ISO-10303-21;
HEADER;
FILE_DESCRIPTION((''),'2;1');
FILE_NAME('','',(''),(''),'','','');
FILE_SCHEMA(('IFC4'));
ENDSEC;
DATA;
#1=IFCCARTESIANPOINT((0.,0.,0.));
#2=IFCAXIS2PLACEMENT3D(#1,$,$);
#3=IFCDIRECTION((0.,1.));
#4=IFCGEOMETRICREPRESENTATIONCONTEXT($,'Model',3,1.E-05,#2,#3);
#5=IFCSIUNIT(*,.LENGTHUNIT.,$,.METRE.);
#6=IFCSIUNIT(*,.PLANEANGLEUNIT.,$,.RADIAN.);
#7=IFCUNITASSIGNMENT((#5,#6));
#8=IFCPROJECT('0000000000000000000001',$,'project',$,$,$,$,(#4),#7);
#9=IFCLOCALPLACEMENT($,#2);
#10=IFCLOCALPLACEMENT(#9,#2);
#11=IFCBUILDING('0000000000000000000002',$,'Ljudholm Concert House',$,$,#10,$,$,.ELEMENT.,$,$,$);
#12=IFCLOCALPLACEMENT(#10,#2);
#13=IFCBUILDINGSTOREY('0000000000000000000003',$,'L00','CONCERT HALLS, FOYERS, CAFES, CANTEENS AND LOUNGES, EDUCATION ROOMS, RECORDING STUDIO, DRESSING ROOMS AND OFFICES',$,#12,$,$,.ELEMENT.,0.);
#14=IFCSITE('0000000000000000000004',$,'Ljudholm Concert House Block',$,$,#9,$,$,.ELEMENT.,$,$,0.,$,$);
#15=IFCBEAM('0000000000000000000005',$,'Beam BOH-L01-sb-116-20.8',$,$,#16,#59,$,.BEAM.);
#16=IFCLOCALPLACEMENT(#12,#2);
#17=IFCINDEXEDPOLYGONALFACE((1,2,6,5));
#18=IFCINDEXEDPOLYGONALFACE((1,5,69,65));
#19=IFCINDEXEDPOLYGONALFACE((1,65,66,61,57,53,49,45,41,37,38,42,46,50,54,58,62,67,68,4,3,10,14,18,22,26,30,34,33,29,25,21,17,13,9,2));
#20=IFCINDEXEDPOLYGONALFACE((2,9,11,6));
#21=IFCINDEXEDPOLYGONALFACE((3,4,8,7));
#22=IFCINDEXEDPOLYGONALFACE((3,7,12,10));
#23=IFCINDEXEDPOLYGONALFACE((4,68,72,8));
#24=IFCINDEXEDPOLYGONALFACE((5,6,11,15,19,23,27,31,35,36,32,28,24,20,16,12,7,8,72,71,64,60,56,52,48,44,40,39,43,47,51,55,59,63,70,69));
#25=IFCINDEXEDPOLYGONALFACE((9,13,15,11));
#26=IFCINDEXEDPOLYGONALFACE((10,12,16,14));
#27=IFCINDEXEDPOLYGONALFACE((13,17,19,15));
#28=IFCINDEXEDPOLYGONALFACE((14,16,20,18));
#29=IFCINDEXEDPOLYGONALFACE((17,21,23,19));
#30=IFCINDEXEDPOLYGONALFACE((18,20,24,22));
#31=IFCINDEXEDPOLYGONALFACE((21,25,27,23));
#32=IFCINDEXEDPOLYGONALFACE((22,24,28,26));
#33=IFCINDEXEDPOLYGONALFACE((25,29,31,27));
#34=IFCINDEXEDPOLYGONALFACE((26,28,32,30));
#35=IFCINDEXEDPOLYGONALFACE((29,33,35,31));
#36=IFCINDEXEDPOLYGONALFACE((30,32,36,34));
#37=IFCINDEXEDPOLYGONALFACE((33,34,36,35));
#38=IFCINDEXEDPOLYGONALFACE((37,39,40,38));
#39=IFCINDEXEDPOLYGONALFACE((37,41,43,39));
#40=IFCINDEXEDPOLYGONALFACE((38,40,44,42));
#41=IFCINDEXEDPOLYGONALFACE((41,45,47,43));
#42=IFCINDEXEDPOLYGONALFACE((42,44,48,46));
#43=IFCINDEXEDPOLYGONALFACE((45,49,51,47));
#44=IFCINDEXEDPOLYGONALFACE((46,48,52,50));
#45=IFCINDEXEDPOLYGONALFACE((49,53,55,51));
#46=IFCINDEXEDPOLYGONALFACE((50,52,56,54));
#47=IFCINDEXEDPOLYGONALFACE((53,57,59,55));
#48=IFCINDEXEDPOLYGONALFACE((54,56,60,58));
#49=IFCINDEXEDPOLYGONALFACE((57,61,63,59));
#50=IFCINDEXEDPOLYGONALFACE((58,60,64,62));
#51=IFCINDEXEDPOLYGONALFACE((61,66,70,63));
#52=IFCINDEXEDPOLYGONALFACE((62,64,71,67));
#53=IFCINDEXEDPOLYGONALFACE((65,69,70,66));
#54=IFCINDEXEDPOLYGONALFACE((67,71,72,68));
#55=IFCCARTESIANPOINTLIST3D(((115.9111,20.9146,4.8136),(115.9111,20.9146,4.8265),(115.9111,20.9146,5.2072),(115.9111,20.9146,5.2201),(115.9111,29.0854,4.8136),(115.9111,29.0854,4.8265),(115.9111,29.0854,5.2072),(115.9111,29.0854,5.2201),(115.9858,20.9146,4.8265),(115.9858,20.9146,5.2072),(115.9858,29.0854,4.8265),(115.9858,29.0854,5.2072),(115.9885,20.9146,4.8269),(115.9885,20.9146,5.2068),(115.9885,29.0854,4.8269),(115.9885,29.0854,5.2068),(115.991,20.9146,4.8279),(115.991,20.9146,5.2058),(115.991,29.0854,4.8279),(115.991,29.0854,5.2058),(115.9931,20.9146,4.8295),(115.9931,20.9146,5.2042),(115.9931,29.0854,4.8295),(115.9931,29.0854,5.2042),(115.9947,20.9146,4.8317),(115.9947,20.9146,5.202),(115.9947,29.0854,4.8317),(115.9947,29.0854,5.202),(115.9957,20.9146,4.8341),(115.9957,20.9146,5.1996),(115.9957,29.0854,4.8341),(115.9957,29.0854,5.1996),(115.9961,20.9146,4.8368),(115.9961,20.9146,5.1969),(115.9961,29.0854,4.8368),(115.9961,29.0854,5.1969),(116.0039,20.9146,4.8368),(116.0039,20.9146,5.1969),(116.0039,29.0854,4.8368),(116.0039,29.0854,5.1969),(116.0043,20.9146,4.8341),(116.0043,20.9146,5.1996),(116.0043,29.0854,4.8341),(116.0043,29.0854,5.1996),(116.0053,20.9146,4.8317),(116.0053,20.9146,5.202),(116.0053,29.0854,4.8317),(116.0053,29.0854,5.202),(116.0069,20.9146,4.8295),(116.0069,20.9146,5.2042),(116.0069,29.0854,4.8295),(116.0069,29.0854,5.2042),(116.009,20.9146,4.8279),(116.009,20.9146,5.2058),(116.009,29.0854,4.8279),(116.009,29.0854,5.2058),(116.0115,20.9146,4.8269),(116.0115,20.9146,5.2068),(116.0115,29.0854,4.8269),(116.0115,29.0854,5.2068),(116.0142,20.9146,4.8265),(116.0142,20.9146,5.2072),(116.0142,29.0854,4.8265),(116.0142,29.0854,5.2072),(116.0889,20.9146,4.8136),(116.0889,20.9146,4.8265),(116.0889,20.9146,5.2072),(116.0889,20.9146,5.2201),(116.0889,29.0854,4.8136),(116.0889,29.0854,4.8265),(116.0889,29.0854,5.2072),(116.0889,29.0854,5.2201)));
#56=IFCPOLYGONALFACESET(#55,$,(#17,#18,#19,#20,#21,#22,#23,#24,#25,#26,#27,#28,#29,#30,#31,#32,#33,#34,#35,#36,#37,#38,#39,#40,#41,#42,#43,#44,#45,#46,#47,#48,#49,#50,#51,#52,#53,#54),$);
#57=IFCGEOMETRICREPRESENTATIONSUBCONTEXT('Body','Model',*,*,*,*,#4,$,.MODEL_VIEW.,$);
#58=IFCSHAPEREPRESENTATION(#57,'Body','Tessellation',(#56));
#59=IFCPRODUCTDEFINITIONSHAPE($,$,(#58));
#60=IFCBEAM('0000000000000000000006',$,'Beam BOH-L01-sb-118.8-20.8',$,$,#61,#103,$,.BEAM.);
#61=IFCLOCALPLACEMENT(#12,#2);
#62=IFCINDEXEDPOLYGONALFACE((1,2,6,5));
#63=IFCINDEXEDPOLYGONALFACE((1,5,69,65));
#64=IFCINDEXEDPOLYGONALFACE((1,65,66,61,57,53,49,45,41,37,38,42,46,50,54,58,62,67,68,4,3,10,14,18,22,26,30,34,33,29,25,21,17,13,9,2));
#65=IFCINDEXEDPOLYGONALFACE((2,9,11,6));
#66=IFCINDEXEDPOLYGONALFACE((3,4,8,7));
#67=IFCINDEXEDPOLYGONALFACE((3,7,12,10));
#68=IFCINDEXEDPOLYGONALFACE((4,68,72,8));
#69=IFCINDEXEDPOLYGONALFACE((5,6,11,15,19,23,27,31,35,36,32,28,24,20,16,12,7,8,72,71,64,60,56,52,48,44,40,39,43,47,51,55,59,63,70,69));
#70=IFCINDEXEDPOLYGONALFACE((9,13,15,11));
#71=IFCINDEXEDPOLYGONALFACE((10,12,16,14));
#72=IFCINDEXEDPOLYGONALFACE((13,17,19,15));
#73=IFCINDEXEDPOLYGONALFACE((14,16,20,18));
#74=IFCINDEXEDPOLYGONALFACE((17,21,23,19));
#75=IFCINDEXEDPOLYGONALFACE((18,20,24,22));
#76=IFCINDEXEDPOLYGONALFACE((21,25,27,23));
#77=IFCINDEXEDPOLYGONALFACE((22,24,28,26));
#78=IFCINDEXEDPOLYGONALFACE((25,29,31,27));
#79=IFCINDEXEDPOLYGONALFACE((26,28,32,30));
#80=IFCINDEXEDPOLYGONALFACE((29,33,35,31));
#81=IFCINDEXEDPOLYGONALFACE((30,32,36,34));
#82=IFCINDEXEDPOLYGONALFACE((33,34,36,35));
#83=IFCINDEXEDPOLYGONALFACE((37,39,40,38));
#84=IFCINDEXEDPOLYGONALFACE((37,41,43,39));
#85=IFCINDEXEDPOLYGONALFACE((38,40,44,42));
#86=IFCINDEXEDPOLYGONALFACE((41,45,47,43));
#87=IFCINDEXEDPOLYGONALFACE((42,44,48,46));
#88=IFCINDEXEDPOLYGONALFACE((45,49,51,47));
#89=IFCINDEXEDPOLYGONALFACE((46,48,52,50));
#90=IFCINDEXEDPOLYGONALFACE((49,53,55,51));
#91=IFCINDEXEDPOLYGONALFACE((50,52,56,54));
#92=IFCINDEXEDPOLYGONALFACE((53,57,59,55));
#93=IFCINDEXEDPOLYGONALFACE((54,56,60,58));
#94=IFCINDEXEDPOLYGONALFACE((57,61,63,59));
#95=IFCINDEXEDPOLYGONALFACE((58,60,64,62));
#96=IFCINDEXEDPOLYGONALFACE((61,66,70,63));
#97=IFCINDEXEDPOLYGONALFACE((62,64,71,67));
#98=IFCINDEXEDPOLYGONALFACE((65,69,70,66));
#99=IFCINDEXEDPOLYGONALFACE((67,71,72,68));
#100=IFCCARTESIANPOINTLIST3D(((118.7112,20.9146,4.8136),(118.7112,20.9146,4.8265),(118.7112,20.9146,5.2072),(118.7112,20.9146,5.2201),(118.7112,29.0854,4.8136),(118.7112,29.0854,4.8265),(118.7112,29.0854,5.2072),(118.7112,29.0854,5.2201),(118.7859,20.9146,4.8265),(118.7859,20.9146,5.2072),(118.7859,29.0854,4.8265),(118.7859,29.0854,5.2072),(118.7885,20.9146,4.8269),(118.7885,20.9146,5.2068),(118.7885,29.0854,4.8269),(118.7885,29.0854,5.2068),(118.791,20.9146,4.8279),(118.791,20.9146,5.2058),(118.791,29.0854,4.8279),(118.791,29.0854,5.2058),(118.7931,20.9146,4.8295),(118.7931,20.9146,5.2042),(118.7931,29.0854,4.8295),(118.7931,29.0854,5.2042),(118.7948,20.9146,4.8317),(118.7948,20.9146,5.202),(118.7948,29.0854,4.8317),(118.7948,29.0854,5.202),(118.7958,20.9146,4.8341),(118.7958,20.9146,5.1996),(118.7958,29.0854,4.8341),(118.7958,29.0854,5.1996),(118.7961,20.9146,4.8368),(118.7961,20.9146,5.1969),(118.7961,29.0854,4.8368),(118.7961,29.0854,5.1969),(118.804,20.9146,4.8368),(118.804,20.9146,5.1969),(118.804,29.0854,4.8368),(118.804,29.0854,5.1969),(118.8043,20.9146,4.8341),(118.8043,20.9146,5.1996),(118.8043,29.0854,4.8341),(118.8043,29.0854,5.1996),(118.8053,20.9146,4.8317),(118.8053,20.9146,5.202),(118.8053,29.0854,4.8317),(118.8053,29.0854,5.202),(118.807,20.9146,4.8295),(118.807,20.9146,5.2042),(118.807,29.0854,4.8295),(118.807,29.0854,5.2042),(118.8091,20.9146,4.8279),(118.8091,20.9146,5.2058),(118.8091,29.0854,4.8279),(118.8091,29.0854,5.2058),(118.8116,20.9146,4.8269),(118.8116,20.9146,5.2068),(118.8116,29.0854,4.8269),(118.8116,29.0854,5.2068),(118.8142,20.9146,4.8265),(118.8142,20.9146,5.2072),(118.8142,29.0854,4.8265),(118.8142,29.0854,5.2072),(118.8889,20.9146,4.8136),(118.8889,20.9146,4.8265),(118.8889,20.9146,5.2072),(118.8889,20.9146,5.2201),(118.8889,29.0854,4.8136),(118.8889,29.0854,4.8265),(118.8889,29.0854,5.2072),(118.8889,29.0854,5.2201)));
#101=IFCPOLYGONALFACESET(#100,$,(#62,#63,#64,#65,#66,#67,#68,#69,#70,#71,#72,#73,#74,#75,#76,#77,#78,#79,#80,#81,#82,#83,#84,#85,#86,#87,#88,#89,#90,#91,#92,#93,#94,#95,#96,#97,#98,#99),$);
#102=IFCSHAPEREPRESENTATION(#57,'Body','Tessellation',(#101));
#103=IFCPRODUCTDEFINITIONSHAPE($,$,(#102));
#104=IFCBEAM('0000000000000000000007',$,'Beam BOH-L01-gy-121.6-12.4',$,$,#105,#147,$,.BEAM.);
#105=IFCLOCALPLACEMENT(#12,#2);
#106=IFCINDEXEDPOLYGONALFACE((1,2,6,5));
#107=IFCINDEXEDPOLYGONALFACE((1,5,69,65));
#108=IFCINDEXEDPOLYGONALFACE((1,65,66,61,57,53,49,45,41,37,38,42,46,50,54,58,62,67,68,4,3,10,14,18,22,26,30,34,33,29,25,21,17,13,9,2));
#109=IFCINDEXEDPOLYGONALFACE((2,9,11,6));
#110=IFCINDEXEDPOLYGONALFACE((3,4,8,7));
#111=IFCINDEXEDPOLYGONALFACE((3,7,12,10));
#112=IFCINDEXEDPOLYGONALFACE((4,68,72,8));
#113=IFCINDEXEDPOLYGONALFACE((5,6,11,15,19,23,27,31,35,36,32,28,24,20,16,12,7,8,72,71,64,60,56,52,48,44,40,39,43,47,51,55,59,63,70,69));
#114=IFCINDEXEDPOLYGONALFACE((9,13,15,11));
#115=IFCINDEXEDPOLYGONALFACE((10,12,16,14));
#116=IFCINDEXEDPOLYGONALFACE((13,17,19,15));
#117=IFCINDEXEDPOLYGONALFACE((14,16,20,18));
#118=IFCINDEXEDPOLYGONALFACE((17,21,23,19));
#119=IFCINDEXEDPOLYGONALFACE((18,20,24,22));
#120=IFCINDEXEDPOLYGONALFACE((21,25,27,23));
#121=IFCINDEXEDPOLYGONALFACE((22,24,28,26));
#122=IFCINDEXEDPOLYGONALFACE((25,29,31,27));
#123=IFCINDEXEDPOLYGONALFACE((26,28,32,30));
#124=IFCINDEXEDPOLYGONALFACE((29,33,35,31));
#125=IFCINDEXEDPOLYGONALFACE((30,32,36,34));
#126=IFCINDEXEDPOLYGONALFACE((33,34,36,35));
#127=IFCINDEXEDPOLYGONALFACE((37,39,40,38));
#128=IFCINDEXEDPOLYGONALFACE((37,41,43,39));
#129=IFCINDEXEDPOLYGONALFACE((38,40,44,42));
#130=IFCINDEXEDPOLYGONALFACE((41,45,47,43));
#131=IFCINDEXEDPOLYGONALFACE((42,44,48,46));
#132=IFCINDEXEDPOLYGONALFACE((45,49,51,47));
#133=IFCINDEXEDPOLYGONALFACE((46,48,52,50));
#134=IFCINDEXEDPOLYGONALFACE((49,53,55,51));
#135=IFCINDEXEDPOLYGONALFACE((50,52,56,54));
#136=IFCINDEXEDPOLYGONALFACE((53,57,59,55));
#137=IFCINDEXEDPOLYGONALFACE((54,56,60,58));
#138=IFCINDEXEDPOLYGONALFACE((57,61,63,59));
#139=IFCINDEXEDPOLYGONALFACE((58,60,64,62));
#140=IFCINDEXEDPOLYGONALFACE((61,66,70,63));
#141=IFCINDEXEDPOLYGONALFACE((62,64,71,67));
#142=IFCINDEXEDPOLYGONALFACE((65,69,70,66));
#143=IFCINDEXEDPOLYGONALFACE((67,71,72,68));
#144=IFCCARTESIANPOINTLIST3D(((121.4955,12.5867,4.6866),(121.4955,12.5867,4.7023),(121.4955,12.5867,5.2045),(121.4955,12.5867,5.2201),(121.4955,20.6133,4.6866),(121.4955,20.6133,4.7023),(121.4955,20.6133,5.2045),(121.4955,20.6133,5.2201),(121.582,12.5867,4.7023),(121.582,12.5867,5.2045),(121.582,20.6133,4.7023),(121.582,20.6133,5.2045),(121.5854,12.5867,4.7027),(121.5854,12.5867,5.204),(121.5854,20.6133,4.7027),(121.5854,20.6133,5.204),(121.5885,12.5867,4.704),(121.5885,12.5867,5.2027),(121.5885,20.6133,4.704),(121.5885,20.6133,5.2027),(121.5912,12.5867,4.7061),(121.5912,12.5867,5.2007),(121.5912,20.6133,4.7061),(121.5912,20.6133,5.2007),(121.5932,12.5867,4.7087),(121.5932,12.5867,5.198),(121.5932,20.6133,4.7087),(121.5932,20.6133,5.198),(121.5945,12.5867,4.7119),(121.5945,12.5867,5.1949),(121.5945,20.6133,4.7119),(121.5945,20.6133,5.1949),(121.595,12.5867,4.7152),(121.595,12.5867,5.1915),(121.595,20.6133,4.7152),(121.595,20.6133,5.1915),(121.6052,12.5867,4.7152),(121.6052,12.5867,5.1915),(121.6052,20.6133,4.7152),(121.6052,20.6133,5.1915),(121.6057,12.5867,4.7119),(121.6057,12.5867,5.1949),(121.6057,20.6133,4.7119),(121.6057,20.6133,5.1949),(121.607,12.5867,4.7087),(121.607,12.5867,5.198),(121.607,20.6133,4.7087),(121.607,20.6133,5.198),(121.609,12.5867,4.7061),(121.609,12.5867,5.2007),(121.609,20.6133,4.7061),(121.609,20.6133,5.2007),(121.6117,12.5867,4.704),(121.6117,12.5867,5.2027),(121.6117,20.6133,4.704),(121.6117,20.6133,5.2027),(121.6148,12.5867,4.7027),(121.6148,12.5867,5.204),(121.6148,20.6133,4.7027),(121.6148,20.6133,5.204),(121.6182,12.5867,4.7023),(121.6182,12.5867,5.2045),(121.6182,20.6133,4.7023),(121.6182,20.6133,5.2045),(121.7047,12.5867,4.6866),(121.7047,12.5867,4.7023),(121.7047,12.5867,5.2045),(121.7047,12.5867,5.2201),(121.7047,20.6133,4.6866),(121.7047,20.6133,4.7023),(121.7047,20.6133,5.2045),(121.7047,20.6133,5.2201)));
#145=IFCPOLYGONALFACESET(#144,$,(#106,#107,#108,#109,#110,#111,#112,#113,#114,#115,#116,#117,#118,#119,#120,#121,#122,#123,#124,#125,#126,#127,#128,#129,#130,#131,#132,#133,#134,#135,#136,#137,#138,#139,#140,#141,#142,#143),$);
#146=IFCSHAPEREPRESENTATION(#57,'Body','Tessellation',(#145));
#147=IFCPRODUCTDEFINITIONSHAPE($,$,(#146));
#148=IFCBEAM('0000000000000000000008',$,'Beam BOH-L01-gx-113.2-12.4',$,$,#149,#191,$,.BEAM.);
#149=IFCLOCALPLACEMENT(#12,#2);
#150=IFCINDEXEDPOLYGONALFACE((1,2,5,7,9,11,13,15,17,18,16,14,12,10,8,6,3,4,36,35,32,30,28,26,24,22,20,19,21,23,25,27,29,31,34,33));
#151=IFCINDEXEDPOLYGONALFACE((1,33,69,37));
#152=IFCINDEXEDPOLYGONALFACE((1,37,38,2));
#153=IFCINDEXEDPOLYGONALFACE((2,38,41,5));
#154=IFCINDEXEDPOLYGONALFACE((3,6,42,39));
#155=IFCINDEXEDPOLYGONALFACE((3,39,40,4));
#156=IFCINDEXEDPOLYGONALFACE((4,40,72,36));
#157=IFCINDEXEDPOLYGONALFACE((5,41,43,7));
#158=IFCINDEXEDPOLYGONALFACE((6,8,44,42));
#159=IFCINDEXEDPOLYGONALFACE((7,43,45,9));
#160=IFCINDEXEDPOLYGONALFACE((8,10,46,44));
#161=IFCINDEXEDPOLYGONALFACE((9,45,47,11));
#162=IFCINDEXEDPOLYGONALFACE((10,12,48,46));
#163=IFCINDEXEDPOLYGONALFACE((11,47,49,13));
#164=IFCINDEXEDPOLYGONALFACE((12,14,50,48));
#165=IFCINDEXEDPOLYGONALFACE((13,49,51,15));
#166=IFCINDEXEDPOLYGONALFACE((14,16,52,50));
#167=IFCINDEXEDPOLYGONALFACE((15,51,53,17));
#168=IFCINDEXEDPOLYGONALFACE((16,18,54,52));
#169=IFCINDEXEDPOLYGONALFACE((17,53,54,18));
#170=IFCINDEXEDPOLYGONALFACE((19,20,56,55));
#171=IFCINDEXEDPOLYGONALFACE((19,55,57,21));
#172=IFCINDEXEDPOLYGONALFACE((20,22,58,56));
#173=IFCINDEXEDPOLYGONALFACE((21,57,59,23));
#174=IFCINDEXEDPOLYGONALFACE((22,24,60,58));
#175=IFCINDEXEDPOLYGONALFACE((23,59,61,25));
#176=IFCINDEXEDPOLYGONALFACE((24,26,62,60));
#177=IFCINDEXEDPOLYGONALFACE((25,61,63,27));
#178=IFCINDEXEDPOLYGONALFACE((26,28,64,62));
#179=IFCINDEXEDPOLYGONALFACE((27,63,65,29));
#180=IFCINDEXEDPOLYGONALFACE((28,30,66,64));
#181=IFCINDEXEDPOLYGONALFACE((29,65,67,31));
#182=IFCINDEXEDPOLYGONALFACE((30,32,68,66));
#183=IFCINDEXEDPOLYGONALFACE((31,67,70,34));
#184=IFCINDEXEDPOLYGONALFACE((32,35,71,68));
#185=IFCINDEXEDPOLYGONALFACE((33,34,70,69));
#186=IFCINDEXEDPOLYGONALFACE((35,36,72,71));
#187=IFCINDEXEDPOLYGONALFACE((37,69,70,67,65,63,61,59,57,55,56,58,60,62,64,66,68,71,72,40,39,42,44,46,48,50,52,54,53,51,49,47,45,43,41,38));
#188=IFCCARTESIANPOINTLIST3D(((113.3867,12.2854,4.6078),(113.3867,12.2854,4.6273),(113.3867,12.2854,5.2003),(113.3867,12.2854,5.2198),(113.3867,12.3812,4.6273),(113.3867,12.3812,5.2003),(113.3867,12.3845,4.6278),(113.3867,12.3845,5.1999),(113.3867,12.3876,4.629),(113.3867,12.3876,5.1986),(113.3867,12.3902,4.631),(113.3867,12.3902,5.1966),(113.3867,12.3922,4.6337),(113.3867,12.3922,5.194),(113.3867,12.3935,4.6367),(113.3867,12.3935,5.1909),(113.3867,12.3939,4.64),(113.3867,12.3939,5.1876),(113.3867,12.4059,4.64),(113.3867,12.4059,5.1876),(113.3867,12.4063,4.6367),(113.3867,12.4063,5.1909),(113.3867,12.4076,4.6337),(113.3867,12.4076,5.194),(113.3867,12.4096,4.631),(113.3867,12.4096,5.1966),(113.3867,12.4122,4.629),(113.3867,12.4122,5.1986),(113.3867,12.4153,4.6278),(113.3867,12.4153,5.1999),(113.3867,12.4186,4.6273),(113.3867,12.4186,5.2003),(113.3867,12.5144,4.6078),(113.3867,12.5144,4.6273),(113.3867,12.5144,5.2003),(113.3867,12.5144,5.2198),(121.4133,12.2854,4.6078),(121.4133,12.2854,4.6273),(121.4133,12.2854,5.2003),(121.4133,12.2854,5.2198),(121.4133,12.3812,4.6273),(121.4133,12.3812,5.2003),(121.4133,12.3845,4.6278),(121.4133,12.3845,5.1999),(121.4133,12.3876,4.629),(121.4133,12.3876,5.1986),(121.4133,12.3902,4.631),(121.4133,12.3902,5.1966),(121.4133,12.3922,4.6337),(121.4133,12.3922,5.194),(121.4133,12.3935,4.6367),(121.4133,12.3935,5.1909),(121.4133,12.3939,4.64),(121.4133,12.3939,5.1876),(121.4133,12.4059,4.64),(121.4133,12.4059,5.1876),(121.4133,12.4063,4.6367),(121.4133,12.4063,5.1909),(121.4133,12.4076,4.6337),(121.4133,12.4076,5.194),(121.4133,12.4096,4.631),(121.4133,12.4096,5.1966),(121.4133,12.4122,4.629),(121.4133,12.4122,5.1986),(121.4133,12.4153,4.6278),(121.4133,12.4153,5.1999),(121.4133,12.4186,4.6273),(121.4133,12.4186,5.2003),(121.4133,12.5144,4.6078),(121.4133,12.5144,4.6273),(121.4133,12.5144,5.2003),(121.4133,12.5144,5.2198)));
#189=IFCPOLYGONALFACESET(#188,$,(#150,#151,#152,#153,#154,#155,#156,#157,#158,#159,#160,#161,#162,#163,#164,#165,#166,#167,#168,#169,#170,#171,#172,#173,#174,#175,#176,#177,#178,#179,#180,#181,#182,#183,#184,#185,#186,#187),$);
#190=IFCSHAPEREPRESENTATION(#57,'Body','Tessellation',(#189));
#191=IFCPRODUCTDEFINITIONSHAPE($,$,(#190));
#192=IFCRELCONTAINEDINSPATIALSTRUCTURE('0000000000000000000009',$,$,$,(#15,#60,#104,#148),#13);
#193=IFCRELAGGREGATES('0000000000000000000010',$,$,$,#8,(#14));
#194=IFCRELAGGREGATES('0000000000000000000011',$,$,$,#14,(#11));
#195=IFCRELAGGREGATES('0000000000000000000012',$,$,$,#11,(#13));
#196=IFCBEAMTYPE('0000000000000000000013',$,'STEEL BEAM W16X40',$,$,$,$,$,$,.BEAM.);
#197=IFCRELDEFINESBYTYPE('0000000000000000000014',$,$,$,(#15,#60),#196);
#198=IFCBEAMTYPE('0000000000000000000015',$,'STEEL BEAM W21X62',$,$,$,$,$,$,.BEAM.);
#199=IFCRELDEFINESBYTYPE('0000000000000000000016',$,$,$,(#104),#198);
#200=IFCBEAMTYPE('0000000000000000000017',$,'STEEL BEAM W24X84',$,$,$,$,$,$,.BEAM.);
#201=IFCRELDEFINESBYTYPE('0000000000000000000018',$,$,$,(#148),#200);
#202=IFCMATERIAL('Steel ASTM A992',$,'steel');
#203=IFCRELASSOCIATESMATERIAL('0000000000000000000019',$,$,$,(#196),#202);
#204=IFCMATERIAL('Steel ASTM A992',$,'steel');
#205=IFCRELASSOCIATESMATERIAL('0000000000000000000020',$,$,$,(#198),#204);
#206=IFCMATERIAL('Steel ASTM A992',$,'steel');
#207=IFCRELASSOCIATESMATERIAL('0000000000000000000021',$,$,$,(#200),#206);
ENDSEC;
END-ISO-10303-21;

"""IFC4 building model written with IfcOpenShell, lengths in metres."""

from ifc_helpers import new_model, si_unit, direction, frame, origin, origin_2d, place, context, subcontext, project, spatial, i_section, extrude, material, material_profile, profile_set, type_object, element, save


model = new_model("IFC4")

# Units and contexts
model_context = context("Model", 3, precision=1e-05, world=origin(), true_north=direction((0.0, 1.0)))
body_context = subcontext(model_context, "Body", "Model", "MODEL_VIEW")
ifc_project = project(units=[si_unit("LENGTHUNIT", "METRE"), si_unit("PLANEANGLEUNIT", "RADIAN")], contexts=[model_context])

# Site, building, storey
site_placement = place(None, origin())
site = spatial("IfcSite", under=ifc_project, at=site_placement, Name="Ljudholm Concert House Block", CompositionType="ELEMENT", RefElevation=0.0)
building_placement = place(site_placement, origin())
building = spatial("IfcBuilding", under=site, at=building_placement, Name="Ljudholm Concert House", CompositionType="ELEMENT")
storey_placement = place(building_placement, origin())
storey = spatial("IfcBuildingStorey", under=building, at=storey_placement, Name="L00", Description="CONCERT HALLS, FOYERS, CAFES, CANTEENS AND LOUNGES, EDUCATION ROOMS, RECORDING STUDIO, DRESSING ROOMS AND OFFICES", CompositionType="ELEMENT", Elevation=0.0)

# Beams
ifc_material_1 = material(Name="Steel ASTM A992", Category="steel")
ifc_material_profile_1 = material_profile(ifc_material_1, i_section(OverallWidth=0.1777, OverallDepth=0.4065, WebThickness=0.0078, FlangeThickness=0.0129, FilletRadius=0.0103, at=origin_2d()), Name="W16X40")
ifc_profile_set_1 = profile_set([ifc_material_profile_1], Name="Steel ASTM A992")
beam_type_1 = type_object("IfcBeamType", Name="STEEL BEAM W16X40", PredefinedType="BEAM", material=ifc_profile_set_1)
for number, where, z_axis, x_axis, name in (
    (1, (116.0, 20.9146, 5.0168), (0.0, 1.0, 0.0), (-1.0, 0.0, 0.0), "Beam BOH-L01-sb-116-20.8"),
    (2, (118.8, 20.9146, 5.0168), (0.0, 1.0, 0.0), (-1.0, 0.0, 0.0), "Beam BOH-L01-sb-118.8-20.8"),
):
    element("IfcBeam", number, at=place(storey_placement, frame(where, z_axis=z_axis, x_axis=x_axis)), inside=storey, type_object=beam_type_1, Name=name, PredefinedType="BEAM", context=body_context, shape_type="SweptSolid", body=[
        extrude(i_section(OverallWidth=0.1777, OverallDepth=0.4065, WebThickness=0.0078, FlangeThickness=0.0129, FilletRadius=0.0103, at=origin_2d()), origin(), (0.0, 0.0, 1.0), 8.1709),
    ])
ifc_material_2 = material(Name="Steel ASTM A992", Category="steel")
ifc_material_profile_2 = material_profile(ifc_material_2, i_section(OverallWidth=0.2092, OverallDepth=0.5334, WebThickness=0.0103, FlangeThickness=0.0156, FilletRadius=0.0129, at=origin_2d()), Name="W21X62")
ifc_profile_set_2 = profile_set([ifc_material_profile_2], Name="Steel ASTM A992")
beam_type_2 = type_object("IfcBeamType", Name="STEEL BEAM W21X62", PredefinedType="BEAM", material=ifc_profile_set_2)
beam_placement = place(storey_placement, frame((121.6001, 12.5867, 4.9534), z_axis=(0.0, 1.0, 0.0), x_axis=(-1.0, 0.0, 0.0)))
element("IfcBeam", 3, at=beam_placement, inside=storey, type_object=beam_type_2, Name="Beam BOH-L01-gy-121.6-12.4", PredefinedType="BEAM", context=body_context, shape_type="SweptSolid", body=[
    extrude(i_section(OverallWidth=0.2092, OverallDepth=0.5334, WebThickness=0.0103, FlangeThickness=0.0156, FilletRadius=0.0129, at=origin_2d()), origin(), (0.0, 0.0, 1.0), 8.0266),
])
ifc_material_3 = material(Name="Steel ASTM A992", Category="steel")
ifc_material_profile_3 = material_profile(ifc_material_3, i_section(OverallWidth=0.229, OverallDepth=0.6121, WebThickness=0.012, FlangeThickness=0.0195, FilletRadius=0.0127, at=origin_2d()), Name="W24X84")
ifc_profile_set_3 = profile_set([ifc_material_profile_3], Name="Steel ASTM A992")
beam_type_3 = type_object("IfcBeamType", Name="STEEL BEAM W24X84", PredefinedType="BEAM", material=ifc_profile_set_3)
for number, where, z_axis, x_axis, name in (
    (4, (113.3867, 12.3999, 4.9138), (1.0, 0.0, 0.0), (0.0, 1.0, 0.0), "Beam BOH-L01-gx-113.2-12.4"),
):
    element("IfcBeam", number, at=place(storey_placement, frame(where, z_axis=z_axis, x_axis=x_axis)), inside=storey, type_object=beam_type_3, Name=name, PredefinedType="BEAM", context=body_context, shape_type="SweptSolid", body=[
        extrude(i_section(OverallWidth=0.229, OverallDepth=0.6121, WebThickness=0.012, FlangeThickness=0.0195, FilletRadius=0.0127, at=origin_2d()), origin(), (0.0, 0.0, 1.0), 8.0266),
    ])

save(model, "model.ifc")
